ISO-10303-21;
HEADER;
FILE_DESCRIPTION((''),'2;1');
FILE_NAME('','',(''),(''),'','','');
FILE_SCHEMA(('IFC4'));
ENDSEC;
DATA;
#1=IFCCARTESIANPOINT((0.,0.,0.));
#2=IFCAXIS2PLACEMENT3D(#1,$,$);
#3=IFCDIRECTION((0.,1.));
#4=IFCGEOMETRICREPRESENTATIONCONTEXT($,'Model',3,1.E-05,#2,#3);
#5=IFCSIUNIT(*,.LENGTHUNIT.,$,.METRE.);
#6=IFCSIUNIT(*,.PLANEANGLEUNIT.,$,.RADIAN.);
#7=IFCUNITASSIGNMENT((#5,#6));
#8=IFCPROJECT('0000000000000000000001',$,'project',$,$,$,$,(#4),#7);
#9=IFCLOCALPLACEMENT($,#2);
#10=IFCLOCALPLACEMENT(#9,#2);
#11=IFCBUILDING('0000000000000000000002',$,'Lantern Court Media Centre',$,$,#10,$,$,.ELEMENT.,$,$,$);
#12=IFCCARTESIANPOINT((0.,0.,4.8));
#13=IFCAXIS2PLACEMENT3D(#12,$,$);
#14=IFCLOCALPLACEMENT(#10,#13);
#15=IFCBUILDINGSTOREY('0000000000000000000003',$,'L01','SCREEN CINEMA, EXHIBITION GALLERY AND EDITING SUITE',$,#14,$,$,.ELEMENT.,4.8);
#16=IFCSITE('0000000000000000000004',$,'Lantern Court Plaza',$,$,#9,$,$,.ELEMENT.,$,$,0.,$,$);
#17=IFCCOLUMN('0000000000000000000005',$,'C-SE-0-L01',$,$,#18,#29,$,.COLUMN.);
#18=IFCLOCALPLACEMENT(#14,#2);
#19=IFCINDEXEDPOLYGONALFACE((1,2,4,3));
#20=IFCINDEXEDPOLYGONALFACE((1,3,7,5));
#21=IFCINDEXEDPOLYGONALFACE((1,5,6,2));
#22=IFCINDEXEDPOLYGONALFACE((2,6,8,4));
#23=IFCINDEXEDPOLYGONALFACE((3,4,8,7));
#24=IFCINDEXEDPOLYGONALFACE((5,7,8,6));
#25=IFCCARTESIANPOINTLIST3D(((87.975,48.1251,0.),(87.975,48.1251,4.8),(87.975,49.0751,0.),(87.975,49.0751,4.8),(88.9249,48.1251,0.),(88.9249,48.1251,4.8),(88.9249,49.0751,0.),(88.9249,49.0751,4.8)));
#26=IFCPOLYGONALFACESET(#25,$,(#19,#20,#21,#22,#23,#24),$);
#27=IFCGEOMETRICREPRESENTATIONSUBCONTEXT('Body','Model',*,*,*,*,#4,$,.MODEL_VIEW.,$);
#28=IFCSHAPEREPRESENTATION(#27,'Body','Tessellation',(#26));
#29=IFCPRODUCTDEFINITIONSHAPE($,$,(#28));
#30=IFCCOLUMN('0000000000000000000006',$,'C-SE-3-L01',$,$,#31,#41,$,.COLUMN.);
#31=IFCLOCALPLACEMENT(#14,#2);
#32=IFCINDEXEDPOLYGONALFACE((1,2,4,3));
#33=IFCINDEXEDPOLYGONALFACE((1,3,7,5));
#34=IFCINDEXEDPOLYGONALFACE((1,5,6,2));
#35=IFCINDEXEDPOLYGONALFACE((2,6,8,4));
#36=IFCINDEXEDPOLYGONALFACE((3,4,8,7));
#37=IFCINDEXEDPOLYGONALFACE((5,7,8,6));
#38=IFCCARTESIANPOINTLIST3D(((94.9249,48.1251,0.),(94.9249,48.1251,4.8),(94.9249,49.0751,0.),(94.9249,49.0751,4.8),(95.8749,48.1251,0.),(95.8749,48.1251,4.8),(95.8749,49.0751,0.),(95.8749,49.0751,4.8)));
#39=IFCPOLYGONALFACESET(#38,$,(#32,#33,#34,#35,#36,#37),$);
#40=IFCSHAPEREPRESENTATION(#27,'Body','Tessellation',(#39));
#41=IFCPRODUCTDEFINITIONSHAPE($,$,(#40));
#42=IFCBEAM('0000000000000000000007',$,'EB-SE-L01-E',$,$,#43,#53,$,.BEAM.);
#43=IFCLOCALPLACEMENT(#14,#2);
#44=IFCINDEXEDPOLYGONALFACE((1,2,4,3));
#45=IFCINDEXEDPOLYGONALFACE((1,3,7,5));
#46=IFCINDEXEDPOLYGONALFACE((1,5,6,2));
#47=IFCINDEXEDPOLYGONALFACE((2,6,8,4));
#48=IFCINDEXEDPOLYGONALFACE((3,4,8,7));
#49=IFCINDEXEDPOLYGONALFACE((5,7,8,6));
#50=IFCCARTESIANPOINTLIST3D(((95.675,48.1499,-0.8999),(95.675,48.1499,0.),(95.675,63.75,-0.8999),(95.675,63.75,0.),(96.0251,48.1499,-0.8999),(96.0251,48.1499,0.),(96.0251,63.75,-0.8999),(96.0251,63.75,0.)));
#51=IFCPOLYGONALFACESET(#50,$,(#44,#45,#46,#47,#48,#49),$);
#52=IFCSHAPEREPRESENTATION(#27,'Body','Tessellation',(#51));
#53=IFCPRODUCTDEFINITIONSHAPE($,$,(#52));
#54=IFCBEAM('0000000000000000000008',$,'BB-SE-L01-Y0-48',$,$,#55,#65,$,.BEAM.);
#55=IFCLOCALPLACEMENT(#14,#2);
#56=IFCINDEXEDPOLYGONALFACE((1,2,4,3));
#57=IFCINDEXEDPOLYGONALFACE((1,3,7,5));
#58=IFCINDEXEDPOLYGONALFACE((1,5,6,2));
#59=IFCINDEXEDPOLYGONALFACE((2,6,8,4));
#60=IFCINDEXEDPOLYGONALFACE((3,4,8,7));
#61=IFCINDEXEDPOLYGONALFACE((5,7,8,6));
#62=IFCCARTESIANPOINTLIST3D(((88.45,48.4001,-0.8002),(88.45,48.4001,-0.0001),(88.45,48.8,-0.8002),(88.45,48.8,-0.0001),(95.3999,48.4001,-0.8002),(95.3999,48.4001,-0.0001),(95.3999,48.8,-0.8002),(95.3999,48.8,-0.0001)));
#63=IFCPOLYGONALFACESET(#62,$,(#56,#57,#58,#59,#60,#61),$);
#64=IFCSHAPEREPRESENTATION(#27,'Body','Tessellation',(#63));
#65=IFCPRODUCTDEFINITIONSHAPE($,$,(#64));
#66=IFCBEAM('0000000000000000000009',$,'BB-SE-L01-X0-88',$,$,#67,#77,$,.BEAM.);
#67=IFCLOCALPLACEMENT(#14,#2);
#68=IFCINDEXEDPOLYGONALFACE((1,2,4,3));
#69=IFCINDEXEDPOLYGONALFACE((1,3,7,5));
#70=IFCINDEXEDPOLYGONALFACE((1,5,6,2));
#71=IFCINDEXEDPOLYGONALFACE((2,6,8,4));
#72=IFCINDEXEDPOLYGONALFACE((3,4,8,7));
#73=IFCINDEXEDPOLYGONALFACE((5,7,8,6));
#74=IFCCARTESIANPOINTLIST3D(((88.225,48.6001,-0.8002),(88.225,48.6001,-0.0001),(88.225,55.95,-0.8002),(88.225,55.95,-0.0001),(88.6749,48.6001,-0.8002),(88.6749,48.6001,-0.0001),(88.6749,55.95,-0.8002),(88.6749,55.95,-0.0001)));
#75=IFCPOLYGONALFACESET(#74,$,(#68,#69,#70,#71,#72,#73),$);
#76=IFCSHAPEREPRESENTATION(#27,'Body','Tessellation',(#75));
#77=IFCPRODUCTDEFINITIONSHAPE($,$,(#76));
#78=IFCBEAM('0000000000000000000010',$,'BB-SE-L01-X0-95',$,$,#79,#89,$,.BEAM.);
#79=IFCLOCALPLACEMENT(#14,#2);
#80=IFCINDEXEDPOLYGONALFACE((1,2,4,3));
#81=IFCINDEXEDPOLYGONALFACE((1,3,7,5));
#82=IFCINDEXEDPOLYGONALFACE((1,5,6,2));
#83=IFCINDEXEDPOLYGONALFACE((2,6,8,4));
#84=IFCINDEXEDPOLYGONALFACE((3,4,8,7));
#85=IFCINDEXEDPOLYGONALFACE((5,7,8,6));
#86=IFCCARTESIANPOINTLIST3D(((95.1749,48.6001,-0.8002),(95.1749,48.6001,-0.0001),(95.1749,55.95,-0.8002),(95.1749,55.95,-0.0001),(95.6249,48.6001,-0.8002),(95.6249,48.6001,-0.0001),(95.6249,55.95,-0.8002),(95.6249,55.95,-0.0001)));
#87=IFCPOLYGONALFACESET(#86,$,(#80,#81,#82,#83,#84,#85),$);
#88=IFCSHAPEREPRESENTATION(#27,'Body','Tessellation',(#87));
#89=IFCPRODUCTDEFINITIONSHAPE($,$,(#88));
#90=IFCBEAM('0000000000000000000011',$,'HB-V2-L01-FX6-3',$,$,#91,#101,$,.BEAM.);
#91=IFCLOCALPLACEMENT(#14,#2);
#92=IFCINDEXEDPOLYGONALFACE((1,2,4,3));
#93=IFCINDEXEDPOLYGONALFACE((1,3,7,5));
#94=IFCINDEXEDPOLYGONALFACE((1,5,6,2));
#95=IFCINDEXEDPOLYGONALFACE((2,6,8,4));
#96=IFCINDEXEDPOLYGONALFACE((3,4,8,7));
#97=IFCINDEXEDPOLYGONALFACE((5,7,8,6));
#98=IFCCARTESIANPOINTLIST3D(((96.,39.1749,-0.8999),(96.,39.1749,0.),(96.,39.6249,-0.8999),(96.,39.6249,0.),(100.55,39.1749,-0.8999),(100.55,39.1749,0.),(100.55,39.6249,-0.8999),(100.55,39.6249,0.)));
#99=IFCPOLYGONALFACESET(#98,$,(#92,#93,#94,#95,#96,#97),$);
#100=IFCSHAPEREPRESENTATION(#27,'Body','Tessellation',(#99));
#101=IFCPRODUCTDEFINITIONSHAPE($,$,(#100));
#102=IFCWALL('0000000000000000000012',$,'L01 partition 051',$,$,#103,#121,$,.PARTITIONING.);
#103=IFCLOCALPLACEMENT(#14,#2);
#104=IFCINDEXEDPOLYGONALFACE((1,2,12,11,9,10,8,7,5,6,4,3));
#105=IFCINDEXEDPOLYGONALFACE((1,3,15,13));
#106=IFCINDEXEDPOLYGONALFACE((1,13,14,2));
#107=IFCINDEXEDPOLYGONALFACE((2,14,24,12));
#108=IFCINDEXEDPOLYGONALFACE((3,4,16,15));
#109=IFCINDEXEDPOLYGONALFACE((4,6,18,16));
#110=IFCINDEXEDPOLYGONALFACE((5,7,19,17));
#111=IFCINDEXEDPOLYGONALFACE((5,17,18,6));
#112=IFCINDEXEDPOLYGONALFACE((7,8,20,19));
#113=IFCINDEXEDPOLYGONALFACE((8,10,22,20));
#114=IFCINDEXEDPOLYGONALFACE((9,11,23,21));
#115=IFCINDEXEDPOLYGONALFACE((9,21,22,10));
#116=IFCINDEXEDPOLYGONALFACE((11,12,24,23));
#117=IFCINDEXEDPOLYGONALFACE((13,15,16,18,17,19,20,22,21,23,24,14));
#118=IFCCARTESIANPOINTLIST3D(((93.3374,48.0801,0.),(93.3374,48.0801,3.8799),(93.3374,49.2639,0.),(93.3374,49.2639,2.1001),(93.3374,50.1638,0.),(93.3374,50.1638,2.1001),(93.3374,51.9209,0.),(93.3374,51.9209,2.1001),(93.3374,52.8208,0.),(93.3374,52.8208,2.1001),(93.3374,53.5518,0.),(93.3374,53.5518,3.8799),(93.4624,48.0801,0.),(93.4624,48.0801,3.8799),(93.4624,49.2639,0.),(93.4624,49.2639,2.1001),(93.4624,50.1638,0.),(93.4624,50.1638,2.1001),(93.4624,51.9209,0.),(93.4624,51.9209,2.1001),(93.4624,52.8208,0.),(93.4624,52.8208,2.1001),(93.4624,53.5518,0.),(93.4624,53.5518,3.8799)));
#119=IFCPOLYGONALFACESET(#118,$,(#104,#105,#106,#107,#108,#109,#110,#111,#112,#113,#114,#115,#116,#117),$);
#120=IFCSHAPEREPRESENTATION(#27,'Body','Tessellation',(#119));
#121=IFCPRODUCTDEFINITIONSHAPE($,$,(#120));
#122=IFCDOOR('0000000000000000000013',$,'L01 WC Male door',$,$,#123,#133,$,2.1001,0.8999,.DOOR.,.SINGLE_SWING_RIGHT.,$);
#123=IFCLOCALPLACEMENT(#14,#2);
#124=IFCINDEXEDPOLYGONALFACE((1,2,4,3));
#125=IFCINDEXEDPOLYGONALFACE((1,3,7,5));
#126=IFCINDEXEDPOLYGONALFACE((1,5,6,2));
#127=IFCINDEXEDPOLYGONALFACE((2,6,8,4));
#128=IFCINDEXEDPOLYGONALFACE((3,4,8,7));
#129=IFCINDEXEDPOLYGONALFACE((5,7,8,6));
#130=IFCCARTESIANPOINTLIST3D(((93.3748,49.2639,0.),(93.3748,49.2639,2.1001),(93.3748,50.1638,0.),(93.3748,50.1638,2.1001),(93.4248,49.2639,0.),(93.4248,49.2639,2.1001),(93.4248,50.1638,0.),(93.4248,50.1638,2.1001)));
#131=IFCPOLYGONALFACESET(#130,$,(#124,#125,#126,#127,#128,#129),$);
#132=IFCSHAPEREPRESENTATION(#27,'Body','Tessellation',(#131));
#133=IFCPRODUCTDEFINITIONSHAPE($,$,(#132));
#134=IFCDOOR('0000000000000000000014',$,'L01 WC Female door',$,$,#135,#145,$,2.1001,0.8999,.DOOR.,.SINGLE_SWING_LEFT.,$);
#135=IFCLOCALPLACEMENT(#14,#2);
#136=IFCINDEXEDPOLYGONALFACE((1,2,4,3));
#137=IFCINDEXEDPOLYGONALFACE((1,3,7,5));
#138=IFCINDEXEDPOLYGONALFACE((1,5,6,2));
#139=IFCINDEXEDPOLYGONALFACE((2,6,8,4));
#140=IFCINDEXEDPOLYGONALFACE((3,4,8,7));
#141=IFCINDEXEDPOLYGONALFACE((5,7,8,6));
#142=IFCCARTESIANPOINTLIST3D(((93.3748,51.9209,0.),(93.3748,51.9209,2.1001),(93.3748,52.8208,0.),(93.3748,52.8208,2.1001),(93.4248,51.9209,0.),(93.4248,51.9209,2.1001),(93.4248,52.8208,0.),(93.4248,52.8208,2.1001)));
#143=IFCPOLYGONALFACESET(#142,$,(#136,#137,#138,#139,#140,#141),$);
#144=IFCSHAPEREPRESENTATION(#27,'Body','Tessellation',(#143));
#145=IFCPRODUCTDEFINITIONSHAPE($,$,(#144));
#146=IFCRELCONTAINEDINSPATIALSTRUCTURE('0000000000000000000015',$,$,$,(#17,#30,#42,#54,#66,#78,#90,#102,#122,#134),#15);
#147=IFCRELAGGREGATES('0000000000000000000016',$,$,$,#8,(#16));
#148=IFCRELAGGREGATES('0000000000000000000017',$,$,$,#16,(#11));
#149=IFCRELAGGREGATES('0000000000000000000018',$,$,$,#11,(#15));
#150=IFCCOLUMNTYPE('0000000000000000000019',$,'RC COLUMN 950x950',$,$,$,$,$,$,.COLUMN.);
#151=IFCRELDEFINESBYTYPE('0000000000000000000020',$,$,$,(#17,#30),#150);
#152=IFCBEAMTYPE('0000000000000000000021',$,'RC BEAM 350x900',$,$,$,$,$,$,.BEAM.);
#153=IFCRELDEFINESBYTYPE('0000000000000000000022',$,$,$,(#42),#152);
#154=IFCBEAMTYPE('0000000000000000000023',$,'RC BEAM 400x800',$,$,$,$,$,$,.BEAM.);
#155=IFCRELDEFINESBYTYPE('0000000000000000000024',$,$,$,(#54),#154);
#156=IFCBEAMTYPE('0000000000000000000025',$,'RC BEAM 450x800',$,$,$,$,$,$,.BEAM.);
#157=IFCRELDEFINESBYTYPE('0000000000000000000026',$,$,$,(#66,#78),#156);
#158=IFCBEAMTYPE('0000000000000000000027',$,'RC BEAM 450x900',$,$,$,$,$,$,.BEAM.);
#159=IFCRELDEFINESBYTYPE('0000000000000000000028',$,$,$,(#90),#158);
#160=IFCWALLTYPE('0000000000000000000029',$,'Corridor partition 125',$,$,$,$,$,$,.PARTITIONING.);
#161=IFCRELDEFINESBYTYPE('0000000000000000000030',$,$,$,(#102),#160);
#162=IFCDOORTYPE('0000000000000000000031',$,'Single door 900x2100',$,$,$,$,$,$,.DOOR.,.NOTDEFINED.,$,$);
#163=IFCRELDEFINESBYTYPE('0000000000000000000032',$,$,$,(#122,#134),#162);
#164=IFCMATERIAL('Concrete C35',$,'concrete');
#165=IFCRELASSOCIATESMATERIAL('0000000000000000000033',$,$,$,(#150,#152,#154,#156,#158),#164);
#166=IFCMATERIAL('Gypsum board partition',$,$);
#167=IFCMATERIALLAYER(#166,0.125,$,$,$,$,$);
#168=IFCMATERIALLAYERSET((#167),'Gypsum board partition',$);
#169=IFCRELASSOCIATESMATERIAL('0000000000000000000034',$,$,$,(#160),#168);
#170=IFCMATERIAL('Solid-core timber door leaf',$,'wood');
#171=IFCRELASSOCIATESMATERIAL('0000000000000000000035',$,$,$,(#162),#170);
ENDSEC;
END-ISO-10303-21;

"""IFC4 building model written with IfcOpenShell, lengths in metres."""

from ifc_helpers import new_model, si_unit, direction, frame, frame_2d, origin, origin_2d, place, context, subcontext, project, spatial, rectangle, extrude, material, layer, layer_set, material_profile, profile_set, type_object, element, fill, save


model = new_model("IFC4")

# Units and contexts
model_context = context("Model", 3, precision=1e-05, world=origin(), true_north=direction((0.0, 1.0)))
body_context = subcontext(model_context, "Body", "Model", "MODEL_VIEW")
ifc_project = project(units=[si_unit("LENGTHUNIT", "METRE"), si_unit("PLANEANGLEUNIT", "RADIAN")], contexts=[model_context])

# Site, building, storey
site_placement = place(None, origin())
site = spatial("IfcSite", under=ifc_project, at=site_placement, Name="Lantern Court Plaza", CompositionType="ELEMENT", RefElevation=0.0)
building_placement = place(site_placement, origin())
building = spatial("IfcBuilding", under=site, at=building_placement, Name="Lantern Court Media Centre", CompositionType="ELEMENT")
storey_placement = place(building_placement, frame((0.0, 0.0, 4.8)))
storey = spatial("IfcBuildingStorey", under=building, at=storey_placement, Name="L01", Description="SCREEN CINEMA, EXHIBITION GALLERY AND EDITING SUITE", CompositionType="ELEMENT", Elevation=4.8)

# Columns
ifc_material_1 = material(Name="Concrete C35", Category="concrete")
ifc_material_profile_1 = material_profile(ifc_material_1, rectangle(XDim=0.95, YDim=0.95, at=origin_2d()), Name="RC 950x950")
ifc_profile_set_1 = profile_set([ifc_material_profile_1], Name="Concrete C35")
column_type = type_object("IfcColumnType", Name="RC COLUMN 950x950", PredefinedType="COLUMN", material=ifc_profile_set_1)
for number, where, z_axis, x_axis, name in (
    (1, (88.45, 48.6001, 0.0), (0.0, 0.0, 1.0), (1.0, 0.0, 0.0), "C-SE-0-L01"),
    (2, (95.3999, 48.6001, 0.0), (0.0, 0.0, 1.0), (1.0, 0.0, 0.0), "C-SE-3-L01"),
):
    element("IfcColumn", number, at=place(storey_placement, frame(where, z_axis=z_axis, x_axis=x_axis)), inside=storey, type_object=column_type, Name=name, PredefinedType="COLUMN", context=body_context, shape_type="SweptSolid", body=[
        extrude(rectangle(XDim=0.95, YDim=0.95, at=origin_2d()), origin(), (0.0, 0.0, 1.0), 4.8),
    ])

# Beams
ifc_material_profile_2 = material_profile(ifc_material_1, rectangle(XDim=0.3501, YDim=0.8999, at=origin_2d()), Name="RC 350x900")
ifc_profile_set_2 = profile_set([ifc_material_profile_2], Name="Concrete C35")
beam_type_1 = type_object("IfcBeamType", Name="RC BEAM 350x900", PredefinedType="BEAM", material=ifc_profile_set_2)
beam_1_placement = place(storey_placement, frame((95.8501, 48.1499, -0.45), z_axis=(0.0, 1.0, 0.0), x_axis=(-1.0, 0.0, 0.0)))
element("IfcBeam", 3, at=beam_1_placement, inside=storey, type_object=beam_type_1, Name="EB-SE-L01-E", PredefinedType="BEAM", context=body_context, shape_type="SweptSolid", body=[
    extrude(rectangle(XDim=0.3501, YDim=0.8999, at=origin_2d()), origin(), (0.0, 0.0, 1.0), 15.6001),
])
ifc_material_profile_3 = material_profile(ifc_material_1, rectangle(XDim=0.3999, YDim=0.8, at=origin_2d()), Name="RC 400x800")
ifc_profile_set_3 = profile_set([ifc_material_profile_3], Name="Concrete C35")
beam_type_2 = type_object("IfcBeamType", Name="RC BEAM 400x800", PredefinedType="BEAM", material=ifc_profile_set_3)
beam_2_placement = place(storey_placement, frame((88.45, 48.6001, -0.4001), z_axis=(1.0, 0.0, 0.0), x_axis=(0.0, 1.0, 0.0)))
element("IfcBeam", 4, at=beam_2_placement, inside=storey, type_object=beam_type_2, Name="BB-SE-L01-Y0-48", PredefinedType="BEAM", context=body_context, shape_type="SweptSolid", body=[
    extrude(rectangle(XDim=0.3999, YDim=0.8, at=origin_2d()), origin(), (0.0, 0.0, 1.0), 6.95),
])
ifc_material_profile_4 = material_profile(ifc_material_1, rectangle(XDim=0.45, YDim=0.8, at=origin_2d()), Name="RC 450x800")
ifc_profile_set_4 = profile_set([ifc_material_profile_4], Name="Concrete C35")
beam_type_3 = type_object("IfcBeamType", Name="RC BEAM 450x800", PredefinedType="BEAM", material=ifc_profile_set_4)
for number, where, z_axis, x_axis, name in (
    (5, (88.45, 48.6001, -0.4001), (0.0, 1.0, 0.0), (-1.0, 0.0, 0.0), "BB-SE-L01-X0-88"),
    (6, (95.3999, 48.6001, -0.4001), (0.0, 1.0, 0.0), (-1.0, 0.0, 0.0), "BB-SE-L01-X0-95"),
):
    element("IfcBeam", number, at=place(storey_placement, frame(where, z_axis=z_axis, x_axis=x_axis)), inside=storey, type_object=beam_type_3, Name=name, PredefinedType="BEAM", context=body_context, shape_type="SweptSolid", body=[
        extrude(rectangle(XDim=0.45, YDim=0.8, at=origin_2d()), origin(), (0.0, 0.0, 1.0), 7.3499),
    ])
ifc_material_profile_5 = material_profile(ifc_material_1, rectangle(XDim=0.45, YDim=0.8999, at=origin_2d()), Name="RC 450x900")
ifc_profile_set_5 = profile_set([ifc_material_profile_5], Name="Concrete C35")
beam_type_4 = type_object("IfcBeamType", Name="RC BEAM 450x900", PredefinedType="BEAM", material=ifc_profile_set_5)
beam_3_placement = place(storey_placement, frame((96.0, 39.3999, -0.45), z_axis=(1.0, 0.0, 0.0), x_axis=(0.0, 1.0, 0.0)))
element("IfcBeam", 7, at=beam_3_placement, inside=storey, type_object=beam_type_4, Name="HB-V2-L01-FX6-3", PredefinedType="BEAM", context=body_context, shape_type="SweptSolid", body=[
    extrude(rectangle(XDim=0.45, YDim=0.8999, at=origin_2d()), origin(), (0.0, 0.0, 1.0), 4.55),
])

# Wall, openings, doors
ifc_material_2 = material(Name="Gypsum board partition")
ifc_layer_1 = layer(ifc_material_2, 0.125)
ifc_layer_set_1 = layer_set([ifc_layer_1], Name="Gypsum board partition")
wall_type_1 = type_object("IfcWallType", Name="Corridor partition 125", PredefinedType="PARTITIONING", material=ifc_layer_set_1)
wall_1_placement = place(storey_placement, frame((93.3999, 48.0801, 0.0), z_axis=(0.0, 0.0, 1.0), x_axis=(0.0, 1.0, 0.0)))
wall_1 = element("IfcWall", 8, at=wall_1_placement, inside=storey, type_object=wall_type_1, Name="L01 partition 051", PredefinedType="PARTITIONING", context=body_context, shape_type="SweptSolid", body=[
    extrude(rectangle(XDim=5.4717, YDim=0.125, at=frame_2d((2.7358, 0.0))), origin(), (0.0, 0.0, 1.0), 3.8799),
])
opening_1_placement = place(wall_1_placement, frame((1.1838, 0.0, 0.0)))
opening_1 = element("IfcOpeningElement", 9, at=opening_1_placement, cuts=wall_1, PredefinedType="OPENING", context=body_context, shape_type="SweptSolid", body=[
    extrude(rectangle(XDim=0.8999, YDim=2.1001, at=frame_2d((0.45, 1.05))), frame((0.0, 0.0725, 0.0), z_axis=(0.0, -1.0, 0.0), x_axis=(1.0, 0.0, 0.0)), (0.0, 0.0, 1.0), 0.145),
])
opening_2_placement = place(wall_1_placement, frame((3.8408, 0.0, 0.0)))
opening_2 = element("IfcOpeningElement", 10, at=opening_2_placement, cuts=wall_1, PredefinedType="OPENING", context=body_context, shape_type="SweptSolid", body=[
    extrude(rectangle(XDim=0.8999, YDim=2.1001, at=frame_2d((0.45, 1.05))), frame((0.0, 0.0725, 0.0), z_axis=(0.0, -1.0, 0.0), x_axis=(1.0, 0.0, 0.0)), (0.0, 0.0, 1.0), 0.145),
])
ifc_material_3 = material(Name="Solid-core timber door leaf", Category="wood")
door_type = type_object("IfcDoorType", Name="Single door 900x2100", OperationType="NOTDEFINED", PredefinedType="DOOR", material=ifc_material_3)
door_1_placement = place(opening_1_placement, frame((0.8999, 0.0, 0.0), z_axis=(0.0, 0.0, 1.0), x_axis=(-1.0, 0.0, 0.0)))
door_1 = element("IfcDoor", 11, at=door_1_placement, inside=storey, type_object=door_type, Name="L01 WC Male door", OperationType="SINGLE_SWING_RIGHT", OverallHeight=2.1001, OverallWidth=0.8999, PredefinedType="DOOR", context=body_context, shape_type="SweptSolid", body=[
    extrude(rectangle(XDim=0.8999, YDim=2.1001, at=frame_2d((0.45, 1.05))), frame((0.0, 0.0249, 0.0), z_axis=(0.0, -1.0, 0.0), x_axis=(1.0, 0.0, 0.0)), (0.0, 0.0, 1.0), 0.05),
])
fill(opening_1, door_1)
door_2_placement = place(opening_2_placement, frame((0.8999, 0.0, 0.0), z_axis=(0.0, 0.0, 1.0), x_axis=(-1.0, 0.0, 0.0)))
door_2 = element("IfcDoor", 12, at=door_2_placement, inside=storey, type_object=door_type, Name="L01 WC Female door", OperationType="SINGLE_SWING_LEFT", OverallHeight=2.1001, OverallWidth=0.8999, PredefinedType="DOOR", context=body_context, shape_type="SweptSolid", body=[
    extrude(rectangle(XDim=0.8999, YDim=2.1001, at=frame_2d((0.45, 1.05))), frame((0.0, 0.0249, 0.0), z_axis=(0.0, -1.0, 0.0), x_axis=(1.0, 0.0, 0.0)), (0.0, 0.0, 1.0), 0.05),
])
fill(opening_2, door_2)

save(model, "model.ifc")
